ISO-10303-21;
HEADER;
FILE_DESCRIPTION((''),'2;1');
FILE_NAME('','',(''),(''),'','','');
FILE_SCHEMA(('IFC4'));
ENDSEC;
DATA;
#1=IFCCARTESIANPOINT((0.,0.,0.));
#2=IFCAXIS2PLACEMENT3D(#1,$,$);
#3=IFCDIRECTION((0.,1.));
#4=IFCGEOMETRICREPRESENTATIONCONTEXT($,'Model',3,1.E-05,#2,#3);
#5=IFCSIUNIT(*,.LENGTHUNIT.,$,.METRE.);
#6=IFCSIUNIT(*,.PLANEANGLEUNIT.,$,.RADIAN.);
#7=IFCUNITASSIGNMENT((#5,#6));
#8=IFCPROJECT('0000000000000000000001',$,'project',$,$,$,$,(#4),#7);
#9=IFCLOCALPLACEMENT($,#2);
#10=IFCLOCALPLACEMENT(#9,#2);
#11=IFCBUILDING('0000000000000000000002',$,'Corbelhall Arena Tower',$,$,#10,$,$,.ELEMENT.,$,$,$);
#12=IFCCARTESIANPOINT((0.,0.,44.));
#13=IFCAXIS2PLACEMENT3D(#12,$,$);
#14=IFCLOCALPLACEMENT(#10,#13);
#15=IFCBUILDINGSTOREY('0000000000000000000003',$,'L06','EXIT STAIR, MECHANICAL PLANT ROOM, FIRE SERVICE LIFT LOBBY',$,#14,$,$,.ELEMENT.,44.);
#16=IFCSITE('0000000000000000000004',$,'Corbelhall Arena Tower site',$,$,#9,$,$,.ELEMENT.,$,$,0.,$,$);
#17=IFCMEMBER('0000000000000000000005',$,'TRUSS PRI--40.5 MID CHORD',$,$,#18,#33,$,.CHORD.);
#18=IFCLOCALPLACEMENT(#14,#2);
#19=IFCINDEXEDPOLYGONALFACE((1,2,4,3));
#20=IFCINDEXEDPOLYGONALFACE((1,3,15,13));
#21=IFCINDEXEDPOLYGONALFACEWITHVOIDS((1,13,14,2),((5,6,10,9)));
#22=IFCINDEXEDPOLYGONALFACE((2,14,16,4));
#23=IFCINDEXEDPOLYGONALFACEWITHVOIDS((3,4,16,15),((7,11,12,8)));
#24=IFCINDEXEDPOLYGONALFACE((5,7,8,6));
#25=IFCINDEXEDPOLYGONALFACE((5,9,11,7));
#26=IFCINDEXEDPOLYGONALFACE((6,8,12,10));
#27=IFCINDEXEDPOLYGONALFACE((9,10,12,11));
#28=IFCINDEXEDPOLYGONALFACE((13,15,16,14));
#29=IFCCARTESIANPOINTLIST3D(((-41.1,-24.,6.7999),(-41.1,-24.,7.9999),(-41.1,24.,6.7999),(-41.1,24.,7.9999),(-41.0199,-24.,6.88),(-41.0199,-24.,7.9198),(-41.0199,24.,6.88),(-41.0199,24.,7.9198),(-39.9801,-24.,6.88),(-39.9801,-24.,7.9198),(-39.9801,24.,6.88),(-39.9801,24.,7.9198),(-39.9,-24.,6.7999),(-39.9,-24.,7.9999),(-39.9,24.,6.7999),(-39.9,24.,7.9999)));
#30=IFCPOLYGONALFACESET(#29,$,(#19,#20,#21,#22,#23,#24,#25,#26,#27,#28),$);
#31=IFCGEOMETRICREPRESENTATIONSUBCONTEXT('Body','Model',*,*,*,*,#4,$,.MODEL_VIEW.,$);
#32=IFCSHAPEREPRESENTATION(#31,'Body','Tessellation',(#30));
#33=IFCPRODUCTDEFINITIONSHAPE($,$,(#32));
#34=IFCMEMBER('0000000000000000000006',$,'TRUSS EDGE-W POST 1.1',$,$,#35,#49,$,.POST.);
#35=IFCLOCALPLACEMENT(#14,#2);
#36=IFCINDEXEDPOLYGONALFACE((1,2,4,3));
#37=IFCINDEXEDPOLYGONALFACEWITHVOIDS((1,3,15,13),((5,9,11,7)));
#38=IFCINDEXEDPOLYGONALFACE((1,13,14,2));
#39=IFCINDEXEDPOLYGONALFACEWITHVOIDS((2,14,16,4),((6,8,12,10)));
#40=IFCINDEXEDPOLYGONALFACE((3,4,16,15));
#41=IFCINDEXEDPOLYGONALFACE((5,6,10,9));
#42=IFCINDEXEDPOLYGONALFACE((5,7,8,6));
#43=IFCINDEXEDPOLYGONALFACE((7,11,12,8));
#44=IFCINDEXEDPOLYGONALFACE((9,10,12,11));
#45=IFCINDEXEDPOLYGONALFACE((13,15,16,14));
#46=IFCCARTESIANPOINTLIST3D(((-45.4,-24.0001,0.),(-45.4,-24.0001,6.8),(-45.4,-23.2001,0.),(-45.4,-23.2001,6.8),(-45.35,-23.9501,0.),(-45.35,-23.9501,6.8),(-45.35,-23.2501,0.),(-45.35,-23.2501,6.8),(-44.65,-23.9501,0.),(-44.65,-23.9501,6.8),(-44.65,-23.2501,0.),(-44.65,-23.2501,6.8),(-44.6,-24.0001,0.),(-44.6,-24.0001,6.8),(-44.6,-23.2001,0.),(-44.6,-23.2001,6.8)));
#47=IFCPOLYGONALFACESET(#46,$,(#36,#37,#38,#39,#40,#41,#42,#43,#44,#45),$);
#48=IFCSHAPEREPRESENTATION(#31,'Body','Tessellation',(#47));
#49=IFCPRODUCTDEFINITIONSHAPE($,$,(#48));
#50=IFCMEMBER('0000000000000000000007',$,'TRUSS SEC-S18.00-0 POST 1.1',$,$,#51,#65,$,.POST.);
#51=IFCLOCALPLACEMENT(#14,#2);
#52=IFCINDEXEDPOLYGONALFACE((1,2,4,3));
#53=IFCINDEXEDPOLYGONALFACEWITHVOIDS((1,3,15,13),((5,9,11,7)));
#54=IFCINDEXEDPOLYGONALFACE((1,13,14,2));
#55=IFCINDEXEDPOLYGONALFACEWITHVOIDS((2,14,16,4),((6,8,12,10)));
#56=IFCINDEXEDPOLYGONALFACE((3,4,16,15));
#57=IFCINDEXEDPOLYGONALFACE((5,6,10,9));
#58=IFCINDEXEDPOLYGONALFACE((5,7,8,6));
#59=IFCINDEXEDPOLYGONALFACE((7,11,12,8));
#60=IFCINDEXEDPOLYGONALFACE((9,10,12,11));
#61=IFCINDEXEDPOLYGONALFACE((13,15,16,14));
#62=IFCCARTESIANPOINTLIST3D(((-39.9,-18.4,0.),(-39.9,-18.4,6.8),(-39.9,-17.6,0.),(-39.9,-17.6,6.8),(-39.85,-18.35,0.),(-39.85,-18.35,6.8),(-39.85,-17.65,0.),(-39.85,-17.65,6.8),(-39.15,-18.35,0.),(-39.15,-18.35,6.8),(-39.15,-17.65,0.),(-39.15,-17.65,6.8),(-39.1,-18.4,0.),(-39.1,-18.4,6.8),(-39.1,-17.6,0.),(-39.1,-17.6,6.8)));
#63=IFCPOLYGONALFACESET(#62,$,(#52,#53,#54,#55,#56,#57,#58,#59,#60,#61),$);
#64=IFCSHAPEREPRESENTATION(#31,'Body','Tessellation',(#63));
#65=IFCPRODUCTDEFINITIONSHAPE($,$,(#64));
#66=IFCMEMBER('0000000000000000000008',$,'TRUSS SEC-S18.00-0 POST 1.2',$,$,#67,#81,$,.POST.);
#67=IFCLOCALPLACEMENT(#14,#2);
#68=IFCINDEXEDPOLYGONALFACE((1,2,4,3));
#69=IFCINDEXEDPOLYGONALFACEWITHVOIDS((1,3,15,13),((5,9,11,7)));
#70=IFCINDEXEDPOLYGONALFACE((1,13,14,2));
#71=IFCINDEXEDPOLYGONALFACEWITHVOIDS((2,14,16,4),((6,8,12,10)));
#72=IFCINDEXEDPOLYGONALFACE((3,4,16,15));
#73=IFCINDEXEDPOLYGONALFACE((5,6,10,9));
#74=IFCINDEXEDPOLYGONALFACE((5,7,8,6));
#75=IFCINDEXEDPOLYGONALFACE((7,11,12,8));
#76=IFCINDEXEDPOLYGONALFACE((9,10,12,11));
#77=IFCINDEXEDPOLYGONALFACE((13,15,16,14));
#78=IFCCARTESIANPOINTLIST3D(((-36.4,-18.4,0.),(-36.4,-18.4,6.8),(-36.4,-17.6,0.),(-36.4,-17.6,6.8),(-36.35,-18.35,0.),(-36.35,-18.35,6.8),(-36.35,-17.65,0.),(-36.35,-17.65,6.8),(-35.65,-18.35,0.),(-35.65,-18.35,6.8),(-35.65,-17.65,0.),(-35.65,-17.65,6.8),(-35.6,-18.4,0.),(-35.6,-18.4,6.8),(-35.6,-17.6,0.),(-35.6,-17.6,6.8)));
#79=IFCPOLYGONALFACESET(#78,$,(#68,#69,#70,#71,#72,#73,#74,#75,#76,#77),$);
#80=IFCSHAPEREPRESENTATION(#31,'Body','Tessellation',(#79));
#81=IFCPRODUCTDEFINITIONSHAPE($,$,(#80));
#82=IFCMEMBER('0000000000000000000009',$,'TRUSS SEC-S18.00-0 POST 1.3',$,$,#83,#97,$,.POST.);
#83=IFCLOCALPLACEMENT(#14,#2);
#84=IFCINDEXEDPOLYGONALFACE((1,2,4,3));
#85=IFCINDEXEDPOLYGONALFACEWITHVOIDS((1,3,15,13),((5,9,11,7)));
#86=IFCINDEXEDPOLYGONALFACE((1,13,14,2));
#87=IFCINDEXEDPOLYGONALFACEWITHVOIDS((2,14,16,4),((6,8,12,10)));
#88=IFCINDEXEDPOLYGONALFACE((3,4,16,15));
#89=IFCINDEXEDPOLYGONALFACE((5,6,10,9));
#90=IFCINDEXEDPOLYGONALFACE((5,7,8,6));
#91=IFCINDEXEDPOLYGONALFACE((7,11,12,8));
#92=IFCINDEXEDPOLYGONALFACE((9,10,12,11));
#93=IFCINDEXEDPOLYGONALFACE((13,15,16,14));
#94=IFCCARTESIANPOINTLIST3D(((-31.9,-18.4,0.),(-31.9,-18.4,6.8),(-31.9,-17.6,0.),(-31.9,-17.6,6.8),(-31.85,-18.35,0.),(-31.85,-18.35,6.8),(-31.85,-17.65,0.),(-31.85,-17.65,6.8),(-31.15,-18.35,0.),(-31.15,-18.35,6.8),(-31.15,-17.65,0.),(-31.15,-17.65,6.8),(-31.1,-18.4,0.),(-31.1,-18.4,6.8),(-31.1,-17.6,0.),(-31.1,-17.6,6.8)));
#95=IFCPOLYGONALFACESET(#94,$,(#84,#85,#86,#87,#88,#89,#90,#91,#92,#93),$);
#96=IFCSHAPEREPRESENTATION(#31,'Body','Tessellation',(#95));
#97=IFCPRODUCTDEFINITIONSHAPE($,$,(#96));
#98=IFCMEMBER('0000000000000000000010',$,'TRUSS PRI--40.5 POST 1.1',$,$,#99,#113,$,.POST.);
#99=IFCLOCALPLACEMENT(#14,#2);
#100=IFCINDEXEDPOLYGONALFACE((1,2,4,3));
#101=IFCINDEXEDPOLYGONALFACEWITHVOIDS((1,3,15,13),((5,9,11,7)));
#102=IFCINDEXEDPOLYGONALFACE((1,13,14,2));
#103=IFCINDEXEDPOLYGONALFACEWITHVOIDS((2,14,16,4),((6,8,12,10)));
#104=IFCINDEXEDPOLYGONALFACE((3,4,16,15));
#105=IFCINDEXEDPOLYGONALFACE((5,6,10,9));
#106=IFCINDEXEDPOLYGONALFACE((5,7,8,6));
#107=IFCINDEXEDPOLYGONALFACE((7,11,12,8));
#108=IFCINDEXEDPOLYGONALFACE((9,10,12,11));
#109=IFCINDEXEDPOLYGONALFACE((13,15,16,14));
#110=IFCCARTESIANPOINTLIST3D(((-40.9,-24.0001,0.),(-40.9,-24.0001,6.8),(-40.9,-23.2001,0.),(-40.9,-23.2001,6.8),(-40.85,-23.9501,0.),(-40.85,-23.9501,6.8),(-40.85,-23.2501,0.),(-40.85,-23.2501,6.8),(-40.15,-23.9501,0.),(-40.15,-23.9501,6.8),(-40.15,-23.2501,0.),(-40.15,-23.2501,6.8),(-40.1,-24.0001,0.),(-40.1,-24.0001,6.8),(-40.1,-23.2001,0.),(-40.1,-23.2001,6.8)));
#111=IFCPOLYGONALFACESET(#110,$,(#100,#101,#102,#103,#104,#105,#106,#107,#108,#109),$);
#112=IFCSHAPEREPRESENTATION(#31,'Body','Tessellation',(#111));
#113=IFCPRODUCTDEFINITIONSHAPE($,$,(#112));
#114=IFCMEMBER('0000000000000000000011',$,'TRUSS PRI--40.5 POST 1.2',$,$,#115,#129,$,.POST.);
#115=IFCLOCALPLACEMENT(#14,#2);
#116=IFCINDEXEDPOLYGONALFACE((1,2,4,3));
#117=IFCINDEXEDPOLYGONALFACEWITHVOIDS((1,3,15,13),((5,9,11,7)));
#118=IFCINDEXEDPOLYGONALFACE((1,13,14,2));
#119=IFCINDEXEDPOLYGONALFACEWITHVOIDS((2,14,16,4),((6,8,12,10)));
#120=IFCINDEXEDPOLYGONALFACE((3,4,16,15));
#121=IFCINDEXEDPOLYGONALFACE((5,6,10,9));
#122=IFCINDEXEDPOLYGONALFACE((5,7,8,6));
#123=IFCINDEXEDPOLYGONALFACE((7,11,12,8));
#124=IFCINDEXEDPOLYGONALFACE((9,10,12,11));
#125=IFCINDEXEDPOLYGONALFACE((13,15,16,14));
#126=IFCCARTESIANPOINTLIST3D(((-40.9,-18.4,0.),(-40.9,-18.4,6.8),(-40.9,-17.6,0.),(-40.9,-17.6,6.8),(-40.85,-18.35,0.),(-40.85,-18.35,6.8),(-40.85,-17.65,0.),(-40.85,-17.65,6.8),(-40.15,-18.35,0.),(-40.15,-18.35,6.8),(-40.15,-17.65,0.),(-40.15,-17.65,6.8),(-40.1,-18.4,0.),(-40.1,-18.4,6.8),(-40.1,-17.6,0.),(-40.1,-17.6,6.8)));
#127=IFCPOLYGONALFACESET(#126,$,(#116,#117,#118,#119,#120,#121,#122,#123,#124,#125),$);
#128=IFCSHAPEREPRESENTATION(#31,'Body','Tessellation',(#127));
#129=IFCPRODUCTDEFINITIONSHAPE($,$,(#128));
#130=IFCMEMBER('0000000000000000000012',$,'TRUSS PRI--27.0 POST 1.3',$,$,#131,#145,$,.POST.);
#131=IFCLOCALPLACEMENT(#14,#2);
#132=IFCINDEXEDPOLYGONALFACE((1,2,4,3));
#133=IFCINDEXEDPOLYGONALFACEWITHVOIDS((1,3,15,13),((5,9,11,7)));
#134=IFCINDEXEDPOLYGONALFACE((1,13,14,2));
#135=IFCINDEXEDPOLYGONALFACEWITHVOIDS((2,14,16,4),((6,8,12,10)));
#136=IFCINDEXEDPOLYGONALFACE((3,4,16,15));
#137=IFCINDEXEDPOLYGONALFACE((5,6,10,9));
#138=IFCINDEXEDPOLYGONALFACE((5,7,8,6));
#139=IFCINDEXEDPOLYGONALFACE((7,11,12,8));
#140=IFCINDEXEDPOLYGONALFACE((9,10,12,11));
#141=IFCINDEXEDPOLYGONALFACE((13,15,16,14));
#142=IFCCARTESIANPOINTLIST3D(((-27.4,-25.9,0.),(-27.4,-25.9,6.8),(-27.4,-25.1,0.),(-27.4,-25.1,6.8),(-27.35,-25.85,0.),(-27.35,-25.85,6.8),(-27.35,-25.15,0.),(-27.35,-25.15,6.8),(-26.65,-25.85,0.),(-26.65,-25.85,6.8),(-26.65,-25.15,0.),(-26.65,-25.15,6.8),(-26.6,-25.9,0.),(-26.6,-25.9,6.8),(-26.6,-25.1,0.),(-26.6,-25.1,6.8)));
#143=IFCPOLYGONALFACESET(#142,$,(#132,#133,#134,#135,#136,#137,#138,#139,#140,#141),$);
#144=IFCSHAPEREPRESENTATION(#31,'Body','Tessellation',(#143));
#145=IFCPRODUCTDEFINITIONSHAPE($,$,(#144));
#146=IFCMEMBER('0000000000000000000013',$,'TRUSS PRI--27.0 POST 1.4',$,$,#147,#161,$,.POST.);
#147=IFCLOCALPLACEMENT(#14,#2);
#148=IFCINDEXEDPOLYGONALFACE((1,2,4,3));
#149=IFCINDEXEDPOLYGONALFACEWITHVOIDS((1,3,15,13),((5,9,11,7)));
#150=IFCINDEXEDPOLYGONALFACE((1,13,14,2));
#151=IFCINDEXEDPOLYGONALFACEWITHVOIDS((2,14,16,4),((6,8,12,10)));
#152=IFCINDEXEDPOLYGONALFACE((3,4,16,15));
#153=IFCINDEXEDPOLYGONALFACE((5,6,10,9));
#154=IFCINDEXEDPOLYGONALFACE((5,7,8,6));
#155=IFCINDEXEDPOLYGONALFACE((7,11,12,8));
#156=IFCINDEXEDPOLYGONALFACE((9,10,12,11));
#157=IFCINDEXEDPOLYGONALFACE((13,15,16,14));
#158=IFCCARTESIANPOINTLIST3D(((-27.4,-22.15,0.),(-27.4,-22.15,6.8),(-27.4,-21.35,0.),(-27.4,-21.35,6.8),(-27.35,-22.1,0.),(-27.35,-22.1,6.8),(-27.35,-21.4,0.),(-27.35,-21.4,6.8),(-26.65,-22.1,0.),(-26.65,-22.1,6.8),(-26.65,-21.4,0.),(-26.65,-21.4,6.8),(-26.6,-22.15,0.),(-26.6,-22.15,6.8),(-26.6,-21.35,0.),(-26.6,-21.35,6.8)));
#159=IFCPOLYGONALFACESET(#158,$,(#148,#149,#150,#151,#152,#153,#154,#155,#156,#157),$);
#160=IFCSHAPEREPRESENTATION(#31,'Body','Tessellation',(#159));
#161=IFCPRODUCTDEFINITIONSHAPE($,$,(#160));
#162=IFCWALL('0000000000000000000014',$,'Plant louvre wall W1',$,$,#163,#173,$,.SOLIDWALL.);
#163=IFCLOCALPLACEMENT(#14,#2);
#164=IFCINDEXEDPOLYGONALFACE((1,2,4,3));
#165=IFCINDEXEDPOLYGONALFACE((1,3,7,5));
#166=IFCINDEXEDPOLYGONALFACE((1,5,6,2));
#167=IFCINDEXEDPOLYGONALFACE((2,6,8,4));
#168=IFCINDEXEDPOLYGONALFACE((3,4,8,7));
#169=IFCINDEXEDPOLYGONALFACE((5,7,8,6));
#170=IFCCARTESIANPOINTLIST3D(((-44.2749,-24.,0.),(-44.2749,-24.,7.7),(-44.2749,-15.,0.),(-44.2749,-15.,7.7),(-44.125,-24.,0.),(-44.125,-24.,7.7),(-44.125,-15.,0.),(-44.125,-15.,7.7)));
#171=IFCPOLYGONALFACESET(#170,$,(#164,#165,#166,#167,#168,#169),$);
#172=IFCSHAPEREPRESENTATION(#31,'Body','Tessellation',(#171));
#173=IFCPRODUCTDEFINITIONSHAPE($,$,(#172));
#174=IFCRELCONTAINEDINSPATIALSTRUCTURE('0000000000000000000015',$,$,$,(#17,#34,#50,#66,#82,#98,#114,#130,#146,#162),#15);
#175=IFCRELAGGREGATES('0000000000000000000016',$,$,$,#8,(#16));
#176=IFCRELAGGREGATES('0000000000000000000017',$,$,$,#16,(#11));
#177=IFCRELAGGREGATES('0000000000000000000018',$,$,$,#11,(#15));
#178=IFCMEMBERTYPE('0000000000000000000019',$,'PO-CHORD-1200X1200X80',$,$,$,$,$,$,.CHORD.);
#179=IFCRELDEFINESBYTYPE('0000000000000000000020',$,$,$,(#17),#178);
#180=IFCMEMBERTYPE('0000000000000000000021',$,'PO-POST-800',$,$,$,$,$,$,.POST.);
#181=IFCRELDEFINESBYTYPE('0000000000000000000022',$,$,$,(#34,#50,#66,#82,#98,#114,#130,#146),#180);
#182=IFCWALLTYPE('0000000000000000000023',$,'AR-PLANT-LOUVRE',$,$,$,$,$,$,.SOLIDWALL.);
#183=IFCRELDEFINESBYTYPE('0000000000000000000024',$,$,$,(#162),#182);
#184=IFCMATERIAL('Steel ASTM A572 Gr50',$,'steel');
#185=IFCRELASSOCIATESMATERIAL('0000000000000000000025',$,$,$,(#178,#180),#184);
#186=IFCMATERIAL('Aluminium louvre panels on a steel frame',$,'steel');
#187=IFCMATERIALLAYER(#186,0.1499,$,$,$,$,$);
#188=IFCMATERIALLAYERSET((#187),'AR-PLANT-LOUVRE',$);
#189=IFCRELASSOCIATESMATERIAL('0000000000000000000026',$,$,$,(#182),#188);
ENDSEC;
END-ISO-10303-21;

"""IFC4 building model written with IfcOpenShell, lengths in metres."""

from ifc_helpers import new_model, si_unit, direction, frame, frame_2d, origin, origin_2d, place, context, subcontext, project, spatial, rectangle, hollow_rectangle, extrude, material, layer, layer_set, material_profile, profile_set, type_object, element, save


model = new_model("IFC4")

# Units and contexts
model_context = context("Model", 3, precision=1e-05, world=origin(), true_north=direction((0.0, 1.0)))
body_context = subcontext(model_context, "Body", "Model", "MODEL_VIEW")
ifc_project = project(units=[si_unit("LENGTHUNIT", "METRE"), si_unit("PLANEANGLEUNIT", "RADIAN")], contexts=[model_context])

# Site, building, storey
site_placement = place(None, origin())
site = spatial("IfcSite", under=ifc_project, at=site_placement, Name="Corbelhall Arena Tower site", CompositionType="ELEMENT", RefElevation=0.0)
building_placement = place(site_placement, origin())
building = spatial("IfcBuilding", under=site, at=building_placement, Name="Corbelhall Arena Tower", CompositionType="ELEMENT")
storey_placement = place(building_placement, frame((0.0, 0.0, 44.0)))
storey = spatial("IfcBuildingStorey", under=building, at=storey_placement, Name="L06", Description="EXIT STAIR, MECHANICAL PLANT ROOM, FIRE SERVICE LIFT LOBBY", CompositionType="ELEMENT", Elevation=44.0)

# Members
ifc_material_1 = material(Name="Steel ASTM A572 Gr50", Category="steel")
ifc_material_profile_1 = material_profile(ifc_material_1, hollow_rectangle(XDim=1.2, YDim=1.2, WallThickness=0.0801, at=origin_2d()))
ifc_profile_set_1 = profile_set([ifc_material_profile_1], Name="Steel ASTM A572 Gr50")
member_type_1 = type_object("IfcMemberType", Name="PO-CHORD-1200X1200X80", PredefinedType="CHORD", material=ifc_profile_set_1)
member_1_placement = place(storey_placement, frame((-40.5, -24.0, 7.3999), z_axis=(0.0, 1.0, 0.0), x_axis=(-1.0, 0.0, 0.0)))
element("IfcMember", 1, at=member_1_placement, inside=storey, type_object=member_type_1, Name="TRUSS PRI--40.5 MID CHORD", PredefinedType="CHORD", context=body_context, shape_type="SweptSolid", body=[
    extrude(hollow_rectangle(XDim=1.2, YDim=1.2, WallThickness=0.0801, at=origin_2d()), origin(), (0.0, 0.0, 1.0), 48.0),
])
ifc_material_profile_2 = material_profile(ifc_material_1, hollow_rectangle(XDim=0.8, YDim=0.8, WallThickness=0.05, at=origin_2d()))
ifc_profile_set_2 = profile_set([ifc_material_profile_2], Name="Steel ASTM A572 Gr50")
member_type_2 = type_object("IfcMemberType", Name="PO-POST-800", PredefinedType="POST", material=ifc_profile_set_2)
for number, where, z_axis, x_axis, name in (
    (2, (-45.0, -23.6001, 0.0), (0.0, 0.0, 1.0), (1.0, 0.0, 0.0), "TRUSS EDGE-W POST 1.1"),
    (3, (-39.5, -18.0, 0.0), (0.0, 0.0, 1.0), (1.0, 0.0, 0.0), "TRUSS SEC-S18.00-0 POST 1.1"),
    (4, (-36.0, -18.0, 0.0), (0.0, 0.0, 1.0), (1.0, 0.0, 0.0), "TRUSS SEC-S18.00-0 POST 1.2"),
    (5, (-31.5, -18.0, 0.0), (0.0, 0.0, 1.0), (1.0, 0.0, 0.0), "TRUSS SEC-S18.00-0 POST 1.3"),
    (6, (-40.5, -23.6001, 0.0), (0.0, 0.0, 1.0), (1.0, 0.0, 0.0), "TRUSS PRI--40.5 POST 1.1"),
    (7, (-40.5, -18.0, 0.0), (0.0, 0.0, 1.0), (1.0, 0.0, 0.0), "TRUSS PRI--40.5 POST 1.2"),
    (8, (-27.0, -25.5, 0.0), (0.0, 0.0, 1.0), (1.0, 0.0, 0.0), "TRUSS PRI--27.0 POST 1.3"),
    (9, (-27.0, -21.75, 0.0), (0.0, 0.0, 1.0), (1.0, 0.0, 0.0), "TRUSS PRI--27.0 POST 1.4"),
):
    element("IfcMember", number, at=place(storey_placement, frame(where, z_axis=z_axis, x_axis=x_axis)), inside=storey, type_object=member_type_2, Name=name, PredefinedType="POST", context=body_context, shape_type="SweptSolid", body=[
        extrude(hollow_rectangle(XDim=0.8, YDim=0.8, WallThickness=0.05, at=origin_2d()), origin(), (0.0, 0.0, 1.0), 6.8),
    ])

# Wall
ifc_material_2 = material(Name="Aluminium louvre panels on a steel frame", Category="steel")
ifc_layer_1 = layer(ifc_material_2, 0.1499)
ifc_layer_set_1 = layer_set([ifc_layer_1], Name="AR-PLANT-LOUVRE")
wall_type_1 = type_object("IfcWallType", Name="AR-PLANT-LOUVRE", PredefinedType="SOLIDWALL", material=ifc_layer_set_1)
wall_1_placement = place(storey_placement, frame((-44.2, -24.0, 0.0), z_axis=(0.0, 0.0, 1.0), x_axis=(0.0, 1.0, 0.0)))
element("IfcWall", 10, at=wall_1_placement, inside=storey, type_object=wall_type_1, Name="Plant louvre wall W1", PredefinedType="SOLIDWALL", context=body_context, shape_type="SweptSolid", body=[
    extrude(rectangle(XDim=9.0, YDim=0.1499, at=frame_2d((4.5, 0.0))), origin(), (0.0, 0.0, 1.0), 7.7),
])

save(model, "model.ifc")
